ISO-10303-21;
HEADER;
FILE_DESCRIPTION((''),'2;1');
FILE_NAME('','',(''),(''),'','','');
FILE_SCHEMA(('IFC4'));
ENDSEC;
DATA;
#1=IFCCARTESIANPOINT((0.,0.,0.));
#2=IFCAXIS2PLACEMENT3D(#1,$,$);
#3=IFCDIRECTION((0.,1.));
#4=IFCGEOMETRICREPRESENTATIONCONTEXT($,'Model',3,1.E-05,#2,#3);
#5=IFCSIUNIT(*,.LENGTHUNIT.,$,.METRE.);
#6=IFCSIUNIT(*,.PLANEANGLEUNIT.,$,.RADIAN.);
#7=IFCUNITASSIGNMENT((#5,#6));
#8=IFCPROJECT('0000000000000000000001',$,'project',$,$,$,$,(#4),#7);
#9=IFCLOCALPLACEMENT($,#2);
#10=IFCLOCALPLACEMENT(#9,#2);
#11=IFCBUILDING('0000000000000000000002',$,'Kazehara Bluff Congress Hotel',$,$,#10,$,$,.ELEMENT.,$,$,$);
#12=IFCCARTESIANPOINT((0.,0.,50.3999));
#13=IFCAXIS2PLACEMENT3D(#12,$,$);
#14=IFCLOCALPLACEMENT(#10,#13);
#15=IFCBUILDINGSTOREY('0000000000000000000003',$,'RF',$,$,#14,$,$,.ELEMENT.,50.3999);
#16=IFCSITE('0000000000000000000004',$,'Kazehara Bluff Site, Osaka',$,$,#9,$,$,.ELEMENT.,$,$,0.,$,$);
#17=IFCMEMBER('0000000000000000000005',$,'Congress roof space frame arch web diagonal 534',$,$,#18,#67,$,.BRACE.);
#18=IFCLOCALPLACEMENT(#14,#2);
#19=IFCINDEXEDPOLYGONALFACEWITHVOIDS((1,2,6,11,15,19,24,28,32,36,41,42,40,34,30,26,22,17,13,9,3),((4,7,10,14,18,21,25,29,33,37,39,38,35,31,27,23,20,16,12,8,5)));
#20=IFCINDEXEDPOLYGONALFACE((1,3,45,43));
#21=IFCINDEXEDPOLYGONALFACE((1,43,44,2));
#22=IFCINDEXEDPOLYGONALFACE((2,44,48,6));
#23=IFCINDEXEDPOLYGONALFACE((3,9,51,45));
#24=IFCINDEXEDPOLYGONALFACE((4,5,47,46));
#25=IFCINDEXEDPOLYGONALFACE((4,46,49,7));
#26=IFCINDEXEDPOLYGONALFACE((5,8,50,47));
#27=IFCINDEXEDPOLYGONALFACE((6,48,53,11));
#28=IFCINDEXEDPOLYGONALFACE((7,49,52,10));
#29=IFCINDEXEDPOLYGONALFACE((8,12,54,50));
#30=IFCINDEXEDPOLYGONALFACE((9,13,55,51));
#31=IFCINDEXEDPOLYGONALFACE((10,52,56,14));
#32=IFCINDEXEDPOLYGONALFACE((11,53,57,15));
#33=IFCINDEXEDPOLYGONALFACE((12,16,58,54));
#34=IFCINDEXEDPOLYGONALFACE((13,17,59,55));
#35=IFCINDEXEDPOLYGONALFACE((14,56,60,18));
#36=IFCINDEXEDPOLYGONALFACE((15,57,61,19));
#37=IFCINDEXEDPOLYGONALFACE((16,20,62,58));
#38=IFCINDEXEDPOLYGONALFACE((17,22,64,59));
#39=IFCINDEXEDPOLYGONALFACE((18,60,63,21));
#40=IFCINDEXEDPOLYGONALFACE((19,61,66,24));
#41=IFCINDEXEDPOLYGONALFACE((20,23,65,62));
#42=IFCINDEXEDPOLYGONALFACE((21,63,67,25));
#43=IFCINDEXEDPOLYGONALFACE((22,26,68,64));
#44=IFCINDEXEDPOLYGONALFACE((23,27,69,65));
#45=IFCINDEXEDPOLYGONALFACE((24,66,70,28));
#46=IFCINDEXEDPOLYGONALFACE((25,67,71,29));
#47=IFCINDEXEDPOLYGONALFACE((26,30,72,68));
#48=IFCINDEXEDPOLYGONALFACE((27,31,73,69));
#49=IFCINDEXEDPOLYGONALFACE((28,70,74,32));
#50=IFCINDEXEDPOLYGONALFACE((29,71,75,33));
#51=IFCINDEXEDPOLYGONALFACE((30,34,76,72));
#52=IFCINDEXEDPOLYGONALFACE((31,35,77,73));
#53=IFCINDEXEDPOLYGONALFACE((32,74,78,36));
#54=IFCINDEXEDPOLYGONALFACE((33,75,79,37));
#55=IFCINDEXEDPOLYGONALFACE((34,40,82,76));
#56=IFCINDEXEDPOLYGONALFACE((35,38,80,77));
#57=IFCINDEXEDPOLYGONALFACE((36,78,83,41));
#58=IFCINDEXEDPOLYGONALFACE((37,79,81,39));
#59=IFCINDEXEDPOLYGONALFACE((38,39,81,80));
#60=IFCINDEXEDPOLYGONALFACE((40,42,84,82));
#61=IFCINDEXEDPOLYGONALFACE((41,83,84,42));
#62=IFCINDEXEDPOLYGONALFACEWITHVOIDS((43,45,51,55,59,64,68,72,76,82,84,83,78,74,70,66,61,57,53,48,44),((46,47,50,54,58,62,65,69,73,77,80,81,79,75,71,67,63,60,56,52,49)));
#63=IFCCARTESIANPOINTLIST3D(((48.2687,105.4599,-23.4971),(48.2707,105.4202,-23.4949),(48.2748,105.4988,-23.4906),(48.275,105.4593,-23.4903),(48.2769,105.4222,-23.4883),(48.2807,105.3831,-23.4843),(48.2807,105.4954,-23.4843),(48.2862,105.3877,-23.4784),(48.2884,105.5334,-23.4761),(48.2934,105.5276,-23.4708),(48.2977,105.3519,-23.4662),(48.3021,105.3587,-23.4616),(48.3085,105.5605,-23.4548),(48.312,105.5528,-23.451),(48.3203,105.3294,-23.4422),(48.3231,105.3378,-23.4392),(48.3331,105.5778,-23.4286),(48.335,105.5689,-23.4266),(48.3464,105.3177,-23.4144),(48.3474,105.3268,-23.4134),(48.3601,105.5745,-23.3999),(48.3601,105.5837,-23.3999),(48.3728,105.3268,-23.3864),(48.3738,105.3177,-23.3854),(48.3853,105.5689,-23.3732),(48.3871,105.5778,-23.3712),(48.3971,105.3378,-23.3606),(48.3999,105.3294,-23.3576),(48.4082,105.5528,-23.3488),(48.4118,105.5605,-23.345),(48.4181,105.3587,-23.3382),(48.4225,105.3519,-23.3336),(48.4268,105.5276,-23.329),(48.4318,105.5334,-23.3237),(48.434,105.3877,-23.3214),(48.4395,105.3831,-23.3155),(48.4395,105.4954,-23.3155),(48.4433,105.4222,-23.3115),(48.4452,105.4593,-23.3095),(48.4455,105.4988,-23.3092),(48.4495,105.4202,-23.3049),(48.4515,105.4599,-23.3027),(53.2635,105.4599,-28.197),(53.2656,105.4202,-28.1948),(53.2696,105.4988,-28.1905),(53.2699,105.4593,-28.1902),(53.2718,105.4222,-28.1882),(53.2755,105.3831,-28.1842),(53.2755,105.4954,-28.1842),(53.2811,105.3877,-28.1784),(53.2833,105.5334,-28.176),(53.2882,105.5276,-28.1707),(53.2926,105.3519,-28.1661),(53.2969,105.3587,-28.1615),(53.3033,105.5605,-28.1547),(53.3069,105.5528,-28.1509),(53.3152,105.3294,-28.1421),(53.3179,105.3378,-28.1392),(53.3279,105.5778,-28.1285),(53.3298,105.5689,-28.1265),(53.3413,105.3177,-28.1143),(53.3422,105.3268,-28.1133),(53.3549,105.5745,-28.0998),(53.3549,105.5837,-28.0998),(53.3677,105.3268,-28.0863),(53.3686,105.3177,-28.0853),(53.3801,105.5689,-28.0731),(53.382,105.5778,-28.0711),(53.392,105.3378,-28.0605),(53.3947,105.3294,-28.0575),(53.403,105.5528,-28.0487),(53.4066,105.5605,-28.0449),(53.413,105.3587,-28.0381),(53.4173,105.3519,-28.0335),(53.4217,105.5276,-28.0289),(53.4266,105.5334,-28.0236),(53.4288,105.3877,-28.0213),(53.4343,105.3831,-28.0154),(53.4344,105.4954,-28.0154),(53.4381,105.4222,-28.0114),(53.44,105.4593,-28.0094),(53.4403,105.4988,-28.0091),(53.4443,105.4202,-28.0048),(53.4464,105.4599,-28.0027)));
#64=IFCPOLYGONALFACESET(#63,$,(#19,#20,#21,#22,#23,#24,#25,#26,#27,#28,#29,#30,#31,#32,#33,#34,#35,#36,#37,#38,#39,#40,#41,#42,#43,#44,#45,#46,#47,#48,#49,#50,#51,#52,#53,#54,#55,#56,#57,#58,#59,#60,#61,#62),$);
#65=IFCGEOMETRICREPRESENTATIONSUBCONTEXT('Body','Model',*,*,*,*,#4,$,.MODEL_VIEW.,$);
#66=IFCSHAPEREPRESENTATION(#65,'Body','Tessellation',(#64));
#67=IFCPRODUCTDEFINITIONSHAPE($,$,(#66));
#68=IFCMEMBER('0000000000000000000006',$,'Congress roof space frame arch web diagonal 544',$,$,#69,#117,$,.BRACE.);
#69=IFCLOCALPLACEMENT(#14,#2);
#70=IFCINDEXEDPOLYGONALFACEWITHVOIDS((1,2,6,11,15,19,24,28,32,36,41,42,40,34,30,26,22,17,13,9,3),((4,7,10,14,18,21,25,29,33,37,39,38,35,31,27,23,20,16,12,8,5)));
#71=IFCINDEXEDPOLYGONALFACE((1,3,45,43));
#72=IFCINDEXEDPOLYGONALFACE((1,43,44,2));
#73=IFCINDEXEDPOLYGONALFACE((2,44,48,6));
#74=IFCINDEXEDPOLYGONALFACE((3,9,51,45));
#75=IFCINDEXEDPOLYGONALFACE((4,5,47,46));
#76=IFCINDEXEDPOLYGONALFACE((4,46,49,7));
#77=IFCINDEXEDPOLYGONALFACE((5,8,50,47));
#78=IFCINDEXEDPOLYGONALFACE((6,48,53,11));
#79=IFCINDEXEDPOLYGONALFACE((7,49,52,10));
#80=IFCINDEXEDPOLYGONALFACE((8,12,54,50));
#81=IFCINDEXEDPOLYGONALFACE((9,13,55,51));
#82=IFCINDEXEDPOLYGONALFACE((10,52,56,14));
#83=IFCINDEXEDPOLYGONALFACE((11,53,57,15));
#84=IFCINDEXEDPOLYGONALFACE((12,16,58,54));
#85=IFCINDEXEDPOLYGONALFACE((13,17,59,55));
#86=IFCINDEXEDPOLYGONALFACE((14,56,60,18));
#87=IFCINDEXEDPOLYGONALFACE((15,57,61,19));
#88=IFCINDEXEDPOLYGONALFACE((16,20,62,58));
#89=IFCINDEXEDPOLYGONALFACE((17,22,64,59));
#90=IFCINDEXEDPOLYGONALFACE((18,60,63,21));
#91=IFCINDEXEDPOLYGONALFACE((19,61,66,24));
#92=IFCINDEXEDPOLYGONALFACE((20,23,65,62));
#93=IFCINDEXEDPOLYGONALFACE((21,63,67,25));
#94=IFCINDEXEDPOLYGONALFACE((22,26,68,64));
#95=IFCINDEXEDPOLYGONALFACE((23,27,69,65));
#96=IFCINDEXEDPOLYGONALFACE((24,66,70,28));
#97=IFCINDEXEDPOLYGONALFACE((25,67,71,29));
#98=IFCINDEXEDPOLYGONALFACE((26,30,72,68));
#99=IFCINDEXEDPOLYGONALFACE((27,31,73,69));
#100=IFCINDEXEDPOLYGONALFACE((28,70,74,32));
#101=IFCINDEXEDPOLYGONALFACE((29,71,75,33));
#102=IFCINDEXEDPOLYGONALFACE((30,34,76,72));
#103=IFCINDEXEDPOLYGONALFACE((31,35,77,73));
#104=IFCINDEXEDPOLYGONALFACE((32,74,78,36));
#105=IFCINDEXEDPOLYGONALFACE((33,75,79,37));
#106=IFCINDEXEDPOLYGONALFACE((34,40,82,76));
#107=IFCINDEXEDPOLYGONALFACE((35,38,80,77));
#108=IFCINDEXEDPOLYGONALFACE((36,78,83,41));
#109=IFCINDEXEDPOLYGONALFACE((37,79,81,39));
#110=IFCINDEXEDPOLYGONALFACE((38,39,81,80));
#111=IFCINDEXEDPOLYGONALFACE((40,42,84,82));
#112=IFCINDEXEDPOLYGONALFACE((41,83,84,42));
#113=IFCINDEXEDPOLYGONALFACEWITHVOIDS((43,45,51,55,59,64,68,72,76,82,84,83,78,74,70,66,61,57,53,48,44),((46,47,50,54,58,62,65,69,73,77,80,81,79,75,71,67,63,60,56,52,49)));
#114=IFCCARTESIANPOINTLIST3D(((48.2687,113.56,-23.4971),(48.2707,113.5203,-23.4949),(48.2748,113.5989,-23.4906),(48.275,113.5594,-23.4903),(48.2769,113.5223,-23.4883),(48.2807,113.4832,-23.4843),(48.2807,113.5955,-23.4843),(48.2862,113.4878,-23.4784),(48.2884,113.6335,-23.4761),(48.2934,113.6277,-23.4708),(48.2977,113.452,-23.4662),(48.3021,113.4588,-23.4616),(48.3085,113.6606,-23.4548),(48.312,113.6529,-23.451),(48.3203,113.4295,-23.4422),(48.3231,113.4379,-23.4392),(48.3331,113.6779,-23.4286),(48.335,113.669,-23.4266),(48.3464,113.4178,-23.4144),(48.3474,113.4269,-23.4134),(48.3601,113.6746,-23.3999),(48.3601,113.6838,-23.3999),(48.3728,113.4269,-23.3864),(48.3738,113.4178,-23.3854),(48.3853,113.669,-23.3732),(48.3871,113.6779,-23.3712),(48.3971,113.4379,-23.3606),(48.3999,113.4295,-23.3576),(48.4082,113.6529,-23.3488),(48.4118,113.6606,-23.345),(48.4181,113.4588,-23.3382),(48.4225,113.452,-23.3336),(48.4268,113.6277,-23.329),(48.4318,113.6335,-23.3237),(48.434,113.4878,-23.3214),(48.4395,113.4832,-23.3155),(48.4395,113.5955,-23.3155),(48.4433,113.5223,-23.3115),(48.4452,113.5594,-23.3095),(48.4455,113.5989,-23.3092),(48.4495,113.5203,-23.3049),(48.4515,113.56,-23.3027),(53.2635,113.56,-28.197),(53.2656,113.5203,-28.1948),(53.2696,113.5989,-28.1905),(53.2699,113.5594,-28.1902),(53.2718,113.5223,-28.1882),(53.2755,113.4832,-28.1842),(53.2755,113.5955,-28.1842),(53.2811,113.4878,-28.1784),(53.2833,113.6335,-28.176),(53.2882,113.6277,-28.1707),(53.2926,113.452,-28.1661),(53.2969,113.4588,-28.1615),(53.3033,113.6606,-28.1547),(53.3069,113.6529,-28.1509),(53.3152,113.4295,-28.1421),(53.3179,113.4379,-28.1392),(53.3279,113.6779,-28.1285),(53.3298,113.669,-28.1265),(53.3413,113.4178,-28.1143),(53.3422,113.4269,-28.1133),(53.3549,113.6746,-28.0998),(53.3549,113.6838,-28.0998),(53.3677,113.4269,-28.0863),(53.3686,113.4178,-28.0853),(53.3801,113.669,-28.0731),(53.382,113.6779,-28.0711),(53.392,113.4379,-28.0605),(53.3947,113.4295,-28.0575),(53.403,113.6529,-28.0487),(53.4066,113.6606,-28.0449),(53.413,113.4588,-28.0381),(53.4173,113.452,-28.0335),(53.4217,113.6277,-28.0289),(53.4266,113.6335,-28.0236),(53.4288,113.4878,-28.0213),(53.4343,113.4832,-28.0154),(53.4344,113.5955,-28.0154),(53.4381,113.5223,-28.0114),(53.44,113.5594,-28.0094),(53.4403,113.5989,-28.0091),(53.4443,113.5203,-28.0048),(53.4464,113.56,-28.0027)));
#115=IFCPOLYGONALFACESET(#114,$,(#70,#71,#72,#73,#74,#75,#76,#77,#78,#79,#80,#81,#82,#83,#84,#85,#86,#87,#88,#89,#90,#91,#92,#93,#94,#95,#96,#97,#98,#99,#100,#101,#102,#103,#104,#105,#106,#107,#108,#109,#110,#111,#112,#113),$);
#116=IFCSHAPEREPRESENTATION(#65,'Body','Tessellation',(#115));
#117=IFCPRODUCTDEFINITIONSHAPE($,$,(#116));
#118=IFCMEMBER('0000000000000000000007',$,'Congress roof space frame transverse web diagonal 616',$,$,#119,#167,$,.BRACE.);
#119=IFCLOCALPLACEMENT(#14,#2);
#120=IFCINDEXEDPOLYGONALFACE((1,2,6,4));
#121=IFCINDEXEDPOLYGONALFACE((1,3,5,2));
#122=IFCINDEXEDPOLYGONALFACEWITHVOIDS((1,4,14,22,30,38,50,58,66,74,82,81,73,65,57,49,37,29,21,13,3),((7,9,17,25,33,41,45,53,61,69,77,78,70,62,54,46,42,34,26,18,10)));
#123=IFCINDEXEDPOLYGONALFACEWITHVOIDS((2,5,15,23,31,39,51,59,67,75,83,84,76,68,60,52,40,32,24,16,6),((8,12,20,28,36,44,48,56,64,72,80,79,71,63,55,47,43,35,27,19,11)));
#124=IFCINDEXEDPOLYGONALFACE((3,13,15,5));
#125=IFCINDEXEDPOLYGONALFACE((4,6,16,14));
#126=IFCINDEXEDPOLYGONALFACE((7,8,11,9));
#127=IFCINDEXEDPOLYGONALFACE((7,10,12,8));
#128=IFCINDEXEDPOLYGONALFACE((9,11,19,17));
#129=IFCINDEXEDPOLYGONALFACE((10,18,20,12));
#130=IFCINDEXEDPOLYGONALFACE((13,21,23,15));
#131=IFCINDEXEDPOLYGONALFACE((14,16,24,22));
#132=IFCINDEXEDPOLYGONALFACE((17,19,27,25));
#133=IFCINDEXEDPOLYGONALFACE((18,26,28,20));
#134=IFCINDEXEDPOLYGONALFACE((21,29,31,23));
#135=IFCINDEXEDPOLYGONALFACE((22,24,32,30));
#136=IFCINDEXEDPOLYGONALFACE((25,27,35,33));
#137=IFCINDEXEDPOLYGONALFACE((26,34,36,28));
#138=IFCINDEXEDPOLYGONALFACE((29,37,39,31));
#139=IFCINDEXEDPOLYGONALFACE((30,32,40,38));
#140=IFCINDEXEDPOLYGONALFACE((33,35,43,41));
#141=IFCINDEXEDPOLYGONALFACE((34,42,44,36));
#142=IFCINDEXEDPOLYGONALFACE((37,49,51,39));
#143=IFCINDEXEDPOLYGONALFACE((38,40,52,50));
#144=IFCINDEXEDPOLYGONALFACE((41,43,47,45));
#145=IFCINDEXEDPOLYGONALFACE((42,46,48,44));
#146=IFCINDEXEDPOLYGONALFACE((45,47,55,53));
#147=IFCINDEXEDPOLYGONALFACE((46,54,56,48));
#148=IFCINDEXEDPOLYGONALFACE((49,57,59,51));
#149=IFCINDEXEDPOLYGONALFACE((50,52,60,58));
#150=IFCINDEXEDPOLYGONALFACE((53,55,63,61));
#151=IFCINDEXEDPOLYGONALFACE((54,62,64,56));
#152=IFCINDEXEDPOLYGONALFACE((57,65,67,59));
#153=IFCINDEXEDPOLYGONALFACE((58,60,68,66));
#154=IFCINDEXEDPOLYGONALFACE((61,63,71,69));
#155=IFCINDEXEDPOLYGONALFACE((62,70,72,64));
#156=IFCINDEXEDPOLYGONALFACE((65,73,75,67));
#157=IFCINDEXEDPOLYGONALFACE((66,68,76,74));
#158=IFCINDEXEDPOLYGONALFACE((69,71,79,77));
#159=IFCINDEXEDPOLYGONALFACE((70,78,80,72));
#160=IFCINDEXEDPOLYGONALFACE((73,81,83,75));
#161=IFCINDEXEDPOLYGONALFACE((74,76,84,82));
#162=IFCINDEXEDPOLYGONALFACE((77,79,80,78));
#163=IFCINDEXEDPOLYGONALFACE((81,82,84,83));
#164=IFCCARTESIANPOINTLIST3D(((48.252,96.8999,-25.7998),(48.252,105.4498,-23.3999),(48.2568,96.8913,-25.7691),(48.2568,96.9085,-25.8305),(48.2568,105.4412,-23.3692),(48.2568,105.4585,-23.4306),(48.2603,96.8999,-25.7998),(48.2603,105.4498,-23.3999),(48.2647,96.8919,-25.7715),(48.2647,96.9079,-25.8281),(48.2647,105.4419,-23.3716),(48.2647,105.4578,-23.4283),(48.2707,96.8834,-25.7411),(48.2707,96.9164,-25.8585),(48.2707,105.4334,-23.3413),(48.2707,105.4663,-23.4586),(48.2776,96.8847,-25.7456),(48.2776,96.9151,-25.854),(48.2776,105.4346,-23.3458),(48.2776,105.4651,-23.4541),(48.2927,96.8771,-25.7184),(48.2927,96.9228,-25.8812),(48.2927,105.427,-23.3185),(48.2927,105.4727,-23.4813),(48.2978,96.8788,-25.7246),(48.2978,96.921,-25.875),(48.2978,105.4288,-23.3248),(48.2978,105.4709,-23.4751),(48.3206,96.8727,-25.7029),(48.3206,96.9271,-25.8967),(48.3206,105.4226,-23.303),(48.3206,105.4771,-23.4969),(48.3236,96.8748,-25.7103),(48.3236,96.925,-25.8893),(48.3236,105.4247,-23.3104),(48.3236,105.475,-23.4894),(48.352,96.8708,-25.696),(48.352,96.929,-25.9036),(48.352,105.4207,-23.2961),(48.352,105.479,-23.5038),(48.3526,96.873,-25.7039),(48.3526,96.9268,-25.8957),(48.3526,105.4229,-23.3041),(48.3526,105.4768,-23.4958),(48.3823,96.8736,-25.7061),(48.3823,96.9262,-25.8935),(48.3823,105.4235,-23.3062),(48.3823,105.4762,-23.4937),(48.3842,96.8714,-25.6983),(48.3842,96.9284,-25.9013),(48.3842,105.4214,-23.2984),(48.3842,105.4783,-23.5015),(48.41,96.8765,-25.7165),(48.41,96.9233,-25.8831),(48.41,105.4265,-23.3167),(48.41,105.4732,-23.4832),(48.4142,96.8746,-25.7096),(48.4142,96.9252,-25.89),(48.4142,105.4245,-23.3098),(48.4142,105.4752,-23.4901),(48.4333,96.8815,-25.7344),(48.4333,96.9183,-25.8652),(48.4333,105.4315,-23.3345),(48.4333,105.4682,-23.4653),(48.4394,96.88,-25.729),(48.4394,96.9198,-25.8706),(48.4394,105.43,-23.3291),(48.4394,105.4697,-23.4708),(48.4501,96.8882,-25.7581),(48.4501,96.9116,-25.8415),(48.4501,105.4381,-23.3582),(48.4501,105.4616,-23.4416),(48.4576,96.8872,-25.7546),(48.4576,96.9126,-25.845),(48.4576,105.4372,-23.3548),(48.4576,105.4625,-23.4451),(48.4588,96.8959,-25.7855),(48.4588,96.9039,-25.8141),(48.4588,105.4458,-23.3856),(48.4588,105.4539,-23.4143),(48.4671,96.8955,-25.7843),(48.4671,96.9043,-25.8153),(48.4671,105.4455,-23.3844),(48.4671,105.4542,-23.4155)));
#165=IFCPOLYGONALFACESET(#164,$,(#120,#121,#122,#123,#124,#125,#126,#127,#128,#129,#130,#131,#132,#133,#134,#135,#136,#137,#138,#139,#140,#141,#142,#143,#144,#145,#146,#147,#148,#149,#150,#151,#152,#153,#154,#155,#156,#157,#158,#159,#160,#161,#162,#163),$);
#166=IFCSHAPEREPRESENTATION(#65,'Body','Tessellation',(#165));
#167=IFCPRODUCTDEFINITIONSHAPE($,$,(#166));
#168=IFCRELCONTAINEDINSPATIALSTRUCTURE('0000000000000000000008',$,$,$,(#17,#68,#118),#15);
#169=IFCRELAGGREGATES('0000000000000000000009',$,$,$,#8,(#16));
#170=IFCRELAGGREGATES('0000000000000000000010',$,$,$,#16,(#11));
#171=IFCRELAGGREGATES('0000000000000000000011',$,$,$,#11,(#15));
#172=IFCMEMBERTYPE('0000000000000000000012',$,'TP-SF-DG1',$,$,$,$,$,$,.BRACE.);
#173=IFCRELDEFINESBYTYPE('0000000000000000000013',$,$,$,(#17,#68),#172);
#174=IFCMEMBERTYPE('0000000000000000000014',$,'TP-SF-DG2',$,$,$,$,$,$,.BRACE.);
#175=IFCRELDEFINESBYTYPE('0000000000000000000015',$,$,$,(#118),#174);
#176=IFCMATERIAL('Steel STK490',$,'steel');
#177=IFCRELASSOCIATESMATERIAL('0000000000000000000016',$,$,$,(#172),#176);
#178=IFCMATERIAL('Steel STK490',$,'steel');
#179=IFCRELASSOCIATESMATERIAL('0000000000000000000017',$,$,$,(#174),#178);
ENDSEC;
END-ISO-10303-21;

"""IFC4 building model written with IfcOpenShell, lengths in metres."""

from ifc_helpers import new_model, si_unit, direction, frame, origin, origin_2d, place, context, subcontext, project, spatial, hollow_circle, extrude, material, material_profile, profile_set, type_object, element, save


model = new_model("IFC4")

# Units and contexts
model_context = context("Model", 3, precision=1e-05, world=origin(), true_north=direction((0.0, 1.0)))
body_context = subcontext(model_context, "Body", "Model", "MODEL_VIEW")
ifc_project = project(units=[si_unit("LENGTHUNIT", "METRE"), si_unit("PLANEANGLEUNIT", "RADIAN")], contexts=[model_context])

# Site, building, storey
site_placement = place(None, origin())
site = spatial("IfcSite", under=ifc_project, at=site_placement, Name="Kazehara Bluff Site, Osaka", CompositionType="ELEMENT", RefElevation=0.0)
building_placement = place(site_placement, origin())
building = spatial("IfcBuilding", under=site, at=building_placement, Name="Kazehara Bluff Congress Hotel", CompositionType="ELEMENT")
storey_placement = place(building_placement, frame((0.0, 0.0, 50.3999)))
storey = spatial("IfcBuildingStorey", under=building, at=storey_placement, Name="RF", CompositionType="ELEMENT", Elevation=50.3999)

# Members
ifc_material_1 = material(Name="Steel STK490", Category="steel")
ifc_material_profile_1 = material_profile(ifc_material_1, hollow_circle(Radius=0.1338, WallThickness=0.0093, at=origin_2d()))
ifc_profile_set_1 = profile_set([ifc_material_profile_1], Name="Steel STK490")
member_type_1 = type_object("IfcMemberType", Name="TP-SF-DG1", PredefinedType="BRACE", material=ifc_profile_set_1)
for number, where, z_axis, x_axis, name in (
    (1, (48.3601, 105.45, -23.3999), (0.72828, 0.0, -0.685279), (0.0, 1.0, 0.0), "Congress roof space frame arch web diagonal 534"),
    (2, (48.3601, 113.55, -23.3999), (0.72828, 0.0, -0.685279), (0.0, 1.0, 0.0), "Congress roof space frame arch web diagonal 544"),
):
    element("IfcMember", number, at=place(storey_placement, frame(where, z_axis=z_axis, x_axis=x_axis)), inside=storey, type_object=member_type_1, Name=name, PredefinedType="BRACE", context=body_context, shape_type="SweptSolid", body=[
        extrude(hollow_circle(Radius=0.1338, WallThickness=0.0093, at=origin_2d()), origin(), (0.0, 0.0, 1.0), 6.8584),
    ])
ifc_material_2 = material(Name="Steel STK490", Category="steel")
ifc_material_profile_2 = material_profile(ifc_material_2, hollow_circle(Radius=0.1082, WallThickness=0.0083, at=origin_2d()))
ifc_profile_set_2 = profile_set([ifc_material_profile_2], Name="Steel STK490")
member_type_2 = type_object("IfcMemberType", Name="TP-SF-DG2", PredefinedType="BRACE", material=ifc_profile_set_2)
member_1_placement = place(storey_placement, frame((48.3601, 96.8999, -25.7998), z_axis=(0.0, 0.962792, 0.270245), x_axis=(-1.0, 0.0, 0.0)))
element("IfcMember", 3, at=member_1_placement, inside=storey, type_object=member_type_2, Name="Congress roof space frame transverse web diagonal 616", PredefinedType="BRACE", context=body_context, shape_type="SweptSolid", body=[
    extrude(hollow_circle(Radius=0.1082, WallThickness=0.0083, at=origin_2d()), origin(), (0.0, 0.0, 1.0), 8.8804),
])

save(model, "model.ifc")
